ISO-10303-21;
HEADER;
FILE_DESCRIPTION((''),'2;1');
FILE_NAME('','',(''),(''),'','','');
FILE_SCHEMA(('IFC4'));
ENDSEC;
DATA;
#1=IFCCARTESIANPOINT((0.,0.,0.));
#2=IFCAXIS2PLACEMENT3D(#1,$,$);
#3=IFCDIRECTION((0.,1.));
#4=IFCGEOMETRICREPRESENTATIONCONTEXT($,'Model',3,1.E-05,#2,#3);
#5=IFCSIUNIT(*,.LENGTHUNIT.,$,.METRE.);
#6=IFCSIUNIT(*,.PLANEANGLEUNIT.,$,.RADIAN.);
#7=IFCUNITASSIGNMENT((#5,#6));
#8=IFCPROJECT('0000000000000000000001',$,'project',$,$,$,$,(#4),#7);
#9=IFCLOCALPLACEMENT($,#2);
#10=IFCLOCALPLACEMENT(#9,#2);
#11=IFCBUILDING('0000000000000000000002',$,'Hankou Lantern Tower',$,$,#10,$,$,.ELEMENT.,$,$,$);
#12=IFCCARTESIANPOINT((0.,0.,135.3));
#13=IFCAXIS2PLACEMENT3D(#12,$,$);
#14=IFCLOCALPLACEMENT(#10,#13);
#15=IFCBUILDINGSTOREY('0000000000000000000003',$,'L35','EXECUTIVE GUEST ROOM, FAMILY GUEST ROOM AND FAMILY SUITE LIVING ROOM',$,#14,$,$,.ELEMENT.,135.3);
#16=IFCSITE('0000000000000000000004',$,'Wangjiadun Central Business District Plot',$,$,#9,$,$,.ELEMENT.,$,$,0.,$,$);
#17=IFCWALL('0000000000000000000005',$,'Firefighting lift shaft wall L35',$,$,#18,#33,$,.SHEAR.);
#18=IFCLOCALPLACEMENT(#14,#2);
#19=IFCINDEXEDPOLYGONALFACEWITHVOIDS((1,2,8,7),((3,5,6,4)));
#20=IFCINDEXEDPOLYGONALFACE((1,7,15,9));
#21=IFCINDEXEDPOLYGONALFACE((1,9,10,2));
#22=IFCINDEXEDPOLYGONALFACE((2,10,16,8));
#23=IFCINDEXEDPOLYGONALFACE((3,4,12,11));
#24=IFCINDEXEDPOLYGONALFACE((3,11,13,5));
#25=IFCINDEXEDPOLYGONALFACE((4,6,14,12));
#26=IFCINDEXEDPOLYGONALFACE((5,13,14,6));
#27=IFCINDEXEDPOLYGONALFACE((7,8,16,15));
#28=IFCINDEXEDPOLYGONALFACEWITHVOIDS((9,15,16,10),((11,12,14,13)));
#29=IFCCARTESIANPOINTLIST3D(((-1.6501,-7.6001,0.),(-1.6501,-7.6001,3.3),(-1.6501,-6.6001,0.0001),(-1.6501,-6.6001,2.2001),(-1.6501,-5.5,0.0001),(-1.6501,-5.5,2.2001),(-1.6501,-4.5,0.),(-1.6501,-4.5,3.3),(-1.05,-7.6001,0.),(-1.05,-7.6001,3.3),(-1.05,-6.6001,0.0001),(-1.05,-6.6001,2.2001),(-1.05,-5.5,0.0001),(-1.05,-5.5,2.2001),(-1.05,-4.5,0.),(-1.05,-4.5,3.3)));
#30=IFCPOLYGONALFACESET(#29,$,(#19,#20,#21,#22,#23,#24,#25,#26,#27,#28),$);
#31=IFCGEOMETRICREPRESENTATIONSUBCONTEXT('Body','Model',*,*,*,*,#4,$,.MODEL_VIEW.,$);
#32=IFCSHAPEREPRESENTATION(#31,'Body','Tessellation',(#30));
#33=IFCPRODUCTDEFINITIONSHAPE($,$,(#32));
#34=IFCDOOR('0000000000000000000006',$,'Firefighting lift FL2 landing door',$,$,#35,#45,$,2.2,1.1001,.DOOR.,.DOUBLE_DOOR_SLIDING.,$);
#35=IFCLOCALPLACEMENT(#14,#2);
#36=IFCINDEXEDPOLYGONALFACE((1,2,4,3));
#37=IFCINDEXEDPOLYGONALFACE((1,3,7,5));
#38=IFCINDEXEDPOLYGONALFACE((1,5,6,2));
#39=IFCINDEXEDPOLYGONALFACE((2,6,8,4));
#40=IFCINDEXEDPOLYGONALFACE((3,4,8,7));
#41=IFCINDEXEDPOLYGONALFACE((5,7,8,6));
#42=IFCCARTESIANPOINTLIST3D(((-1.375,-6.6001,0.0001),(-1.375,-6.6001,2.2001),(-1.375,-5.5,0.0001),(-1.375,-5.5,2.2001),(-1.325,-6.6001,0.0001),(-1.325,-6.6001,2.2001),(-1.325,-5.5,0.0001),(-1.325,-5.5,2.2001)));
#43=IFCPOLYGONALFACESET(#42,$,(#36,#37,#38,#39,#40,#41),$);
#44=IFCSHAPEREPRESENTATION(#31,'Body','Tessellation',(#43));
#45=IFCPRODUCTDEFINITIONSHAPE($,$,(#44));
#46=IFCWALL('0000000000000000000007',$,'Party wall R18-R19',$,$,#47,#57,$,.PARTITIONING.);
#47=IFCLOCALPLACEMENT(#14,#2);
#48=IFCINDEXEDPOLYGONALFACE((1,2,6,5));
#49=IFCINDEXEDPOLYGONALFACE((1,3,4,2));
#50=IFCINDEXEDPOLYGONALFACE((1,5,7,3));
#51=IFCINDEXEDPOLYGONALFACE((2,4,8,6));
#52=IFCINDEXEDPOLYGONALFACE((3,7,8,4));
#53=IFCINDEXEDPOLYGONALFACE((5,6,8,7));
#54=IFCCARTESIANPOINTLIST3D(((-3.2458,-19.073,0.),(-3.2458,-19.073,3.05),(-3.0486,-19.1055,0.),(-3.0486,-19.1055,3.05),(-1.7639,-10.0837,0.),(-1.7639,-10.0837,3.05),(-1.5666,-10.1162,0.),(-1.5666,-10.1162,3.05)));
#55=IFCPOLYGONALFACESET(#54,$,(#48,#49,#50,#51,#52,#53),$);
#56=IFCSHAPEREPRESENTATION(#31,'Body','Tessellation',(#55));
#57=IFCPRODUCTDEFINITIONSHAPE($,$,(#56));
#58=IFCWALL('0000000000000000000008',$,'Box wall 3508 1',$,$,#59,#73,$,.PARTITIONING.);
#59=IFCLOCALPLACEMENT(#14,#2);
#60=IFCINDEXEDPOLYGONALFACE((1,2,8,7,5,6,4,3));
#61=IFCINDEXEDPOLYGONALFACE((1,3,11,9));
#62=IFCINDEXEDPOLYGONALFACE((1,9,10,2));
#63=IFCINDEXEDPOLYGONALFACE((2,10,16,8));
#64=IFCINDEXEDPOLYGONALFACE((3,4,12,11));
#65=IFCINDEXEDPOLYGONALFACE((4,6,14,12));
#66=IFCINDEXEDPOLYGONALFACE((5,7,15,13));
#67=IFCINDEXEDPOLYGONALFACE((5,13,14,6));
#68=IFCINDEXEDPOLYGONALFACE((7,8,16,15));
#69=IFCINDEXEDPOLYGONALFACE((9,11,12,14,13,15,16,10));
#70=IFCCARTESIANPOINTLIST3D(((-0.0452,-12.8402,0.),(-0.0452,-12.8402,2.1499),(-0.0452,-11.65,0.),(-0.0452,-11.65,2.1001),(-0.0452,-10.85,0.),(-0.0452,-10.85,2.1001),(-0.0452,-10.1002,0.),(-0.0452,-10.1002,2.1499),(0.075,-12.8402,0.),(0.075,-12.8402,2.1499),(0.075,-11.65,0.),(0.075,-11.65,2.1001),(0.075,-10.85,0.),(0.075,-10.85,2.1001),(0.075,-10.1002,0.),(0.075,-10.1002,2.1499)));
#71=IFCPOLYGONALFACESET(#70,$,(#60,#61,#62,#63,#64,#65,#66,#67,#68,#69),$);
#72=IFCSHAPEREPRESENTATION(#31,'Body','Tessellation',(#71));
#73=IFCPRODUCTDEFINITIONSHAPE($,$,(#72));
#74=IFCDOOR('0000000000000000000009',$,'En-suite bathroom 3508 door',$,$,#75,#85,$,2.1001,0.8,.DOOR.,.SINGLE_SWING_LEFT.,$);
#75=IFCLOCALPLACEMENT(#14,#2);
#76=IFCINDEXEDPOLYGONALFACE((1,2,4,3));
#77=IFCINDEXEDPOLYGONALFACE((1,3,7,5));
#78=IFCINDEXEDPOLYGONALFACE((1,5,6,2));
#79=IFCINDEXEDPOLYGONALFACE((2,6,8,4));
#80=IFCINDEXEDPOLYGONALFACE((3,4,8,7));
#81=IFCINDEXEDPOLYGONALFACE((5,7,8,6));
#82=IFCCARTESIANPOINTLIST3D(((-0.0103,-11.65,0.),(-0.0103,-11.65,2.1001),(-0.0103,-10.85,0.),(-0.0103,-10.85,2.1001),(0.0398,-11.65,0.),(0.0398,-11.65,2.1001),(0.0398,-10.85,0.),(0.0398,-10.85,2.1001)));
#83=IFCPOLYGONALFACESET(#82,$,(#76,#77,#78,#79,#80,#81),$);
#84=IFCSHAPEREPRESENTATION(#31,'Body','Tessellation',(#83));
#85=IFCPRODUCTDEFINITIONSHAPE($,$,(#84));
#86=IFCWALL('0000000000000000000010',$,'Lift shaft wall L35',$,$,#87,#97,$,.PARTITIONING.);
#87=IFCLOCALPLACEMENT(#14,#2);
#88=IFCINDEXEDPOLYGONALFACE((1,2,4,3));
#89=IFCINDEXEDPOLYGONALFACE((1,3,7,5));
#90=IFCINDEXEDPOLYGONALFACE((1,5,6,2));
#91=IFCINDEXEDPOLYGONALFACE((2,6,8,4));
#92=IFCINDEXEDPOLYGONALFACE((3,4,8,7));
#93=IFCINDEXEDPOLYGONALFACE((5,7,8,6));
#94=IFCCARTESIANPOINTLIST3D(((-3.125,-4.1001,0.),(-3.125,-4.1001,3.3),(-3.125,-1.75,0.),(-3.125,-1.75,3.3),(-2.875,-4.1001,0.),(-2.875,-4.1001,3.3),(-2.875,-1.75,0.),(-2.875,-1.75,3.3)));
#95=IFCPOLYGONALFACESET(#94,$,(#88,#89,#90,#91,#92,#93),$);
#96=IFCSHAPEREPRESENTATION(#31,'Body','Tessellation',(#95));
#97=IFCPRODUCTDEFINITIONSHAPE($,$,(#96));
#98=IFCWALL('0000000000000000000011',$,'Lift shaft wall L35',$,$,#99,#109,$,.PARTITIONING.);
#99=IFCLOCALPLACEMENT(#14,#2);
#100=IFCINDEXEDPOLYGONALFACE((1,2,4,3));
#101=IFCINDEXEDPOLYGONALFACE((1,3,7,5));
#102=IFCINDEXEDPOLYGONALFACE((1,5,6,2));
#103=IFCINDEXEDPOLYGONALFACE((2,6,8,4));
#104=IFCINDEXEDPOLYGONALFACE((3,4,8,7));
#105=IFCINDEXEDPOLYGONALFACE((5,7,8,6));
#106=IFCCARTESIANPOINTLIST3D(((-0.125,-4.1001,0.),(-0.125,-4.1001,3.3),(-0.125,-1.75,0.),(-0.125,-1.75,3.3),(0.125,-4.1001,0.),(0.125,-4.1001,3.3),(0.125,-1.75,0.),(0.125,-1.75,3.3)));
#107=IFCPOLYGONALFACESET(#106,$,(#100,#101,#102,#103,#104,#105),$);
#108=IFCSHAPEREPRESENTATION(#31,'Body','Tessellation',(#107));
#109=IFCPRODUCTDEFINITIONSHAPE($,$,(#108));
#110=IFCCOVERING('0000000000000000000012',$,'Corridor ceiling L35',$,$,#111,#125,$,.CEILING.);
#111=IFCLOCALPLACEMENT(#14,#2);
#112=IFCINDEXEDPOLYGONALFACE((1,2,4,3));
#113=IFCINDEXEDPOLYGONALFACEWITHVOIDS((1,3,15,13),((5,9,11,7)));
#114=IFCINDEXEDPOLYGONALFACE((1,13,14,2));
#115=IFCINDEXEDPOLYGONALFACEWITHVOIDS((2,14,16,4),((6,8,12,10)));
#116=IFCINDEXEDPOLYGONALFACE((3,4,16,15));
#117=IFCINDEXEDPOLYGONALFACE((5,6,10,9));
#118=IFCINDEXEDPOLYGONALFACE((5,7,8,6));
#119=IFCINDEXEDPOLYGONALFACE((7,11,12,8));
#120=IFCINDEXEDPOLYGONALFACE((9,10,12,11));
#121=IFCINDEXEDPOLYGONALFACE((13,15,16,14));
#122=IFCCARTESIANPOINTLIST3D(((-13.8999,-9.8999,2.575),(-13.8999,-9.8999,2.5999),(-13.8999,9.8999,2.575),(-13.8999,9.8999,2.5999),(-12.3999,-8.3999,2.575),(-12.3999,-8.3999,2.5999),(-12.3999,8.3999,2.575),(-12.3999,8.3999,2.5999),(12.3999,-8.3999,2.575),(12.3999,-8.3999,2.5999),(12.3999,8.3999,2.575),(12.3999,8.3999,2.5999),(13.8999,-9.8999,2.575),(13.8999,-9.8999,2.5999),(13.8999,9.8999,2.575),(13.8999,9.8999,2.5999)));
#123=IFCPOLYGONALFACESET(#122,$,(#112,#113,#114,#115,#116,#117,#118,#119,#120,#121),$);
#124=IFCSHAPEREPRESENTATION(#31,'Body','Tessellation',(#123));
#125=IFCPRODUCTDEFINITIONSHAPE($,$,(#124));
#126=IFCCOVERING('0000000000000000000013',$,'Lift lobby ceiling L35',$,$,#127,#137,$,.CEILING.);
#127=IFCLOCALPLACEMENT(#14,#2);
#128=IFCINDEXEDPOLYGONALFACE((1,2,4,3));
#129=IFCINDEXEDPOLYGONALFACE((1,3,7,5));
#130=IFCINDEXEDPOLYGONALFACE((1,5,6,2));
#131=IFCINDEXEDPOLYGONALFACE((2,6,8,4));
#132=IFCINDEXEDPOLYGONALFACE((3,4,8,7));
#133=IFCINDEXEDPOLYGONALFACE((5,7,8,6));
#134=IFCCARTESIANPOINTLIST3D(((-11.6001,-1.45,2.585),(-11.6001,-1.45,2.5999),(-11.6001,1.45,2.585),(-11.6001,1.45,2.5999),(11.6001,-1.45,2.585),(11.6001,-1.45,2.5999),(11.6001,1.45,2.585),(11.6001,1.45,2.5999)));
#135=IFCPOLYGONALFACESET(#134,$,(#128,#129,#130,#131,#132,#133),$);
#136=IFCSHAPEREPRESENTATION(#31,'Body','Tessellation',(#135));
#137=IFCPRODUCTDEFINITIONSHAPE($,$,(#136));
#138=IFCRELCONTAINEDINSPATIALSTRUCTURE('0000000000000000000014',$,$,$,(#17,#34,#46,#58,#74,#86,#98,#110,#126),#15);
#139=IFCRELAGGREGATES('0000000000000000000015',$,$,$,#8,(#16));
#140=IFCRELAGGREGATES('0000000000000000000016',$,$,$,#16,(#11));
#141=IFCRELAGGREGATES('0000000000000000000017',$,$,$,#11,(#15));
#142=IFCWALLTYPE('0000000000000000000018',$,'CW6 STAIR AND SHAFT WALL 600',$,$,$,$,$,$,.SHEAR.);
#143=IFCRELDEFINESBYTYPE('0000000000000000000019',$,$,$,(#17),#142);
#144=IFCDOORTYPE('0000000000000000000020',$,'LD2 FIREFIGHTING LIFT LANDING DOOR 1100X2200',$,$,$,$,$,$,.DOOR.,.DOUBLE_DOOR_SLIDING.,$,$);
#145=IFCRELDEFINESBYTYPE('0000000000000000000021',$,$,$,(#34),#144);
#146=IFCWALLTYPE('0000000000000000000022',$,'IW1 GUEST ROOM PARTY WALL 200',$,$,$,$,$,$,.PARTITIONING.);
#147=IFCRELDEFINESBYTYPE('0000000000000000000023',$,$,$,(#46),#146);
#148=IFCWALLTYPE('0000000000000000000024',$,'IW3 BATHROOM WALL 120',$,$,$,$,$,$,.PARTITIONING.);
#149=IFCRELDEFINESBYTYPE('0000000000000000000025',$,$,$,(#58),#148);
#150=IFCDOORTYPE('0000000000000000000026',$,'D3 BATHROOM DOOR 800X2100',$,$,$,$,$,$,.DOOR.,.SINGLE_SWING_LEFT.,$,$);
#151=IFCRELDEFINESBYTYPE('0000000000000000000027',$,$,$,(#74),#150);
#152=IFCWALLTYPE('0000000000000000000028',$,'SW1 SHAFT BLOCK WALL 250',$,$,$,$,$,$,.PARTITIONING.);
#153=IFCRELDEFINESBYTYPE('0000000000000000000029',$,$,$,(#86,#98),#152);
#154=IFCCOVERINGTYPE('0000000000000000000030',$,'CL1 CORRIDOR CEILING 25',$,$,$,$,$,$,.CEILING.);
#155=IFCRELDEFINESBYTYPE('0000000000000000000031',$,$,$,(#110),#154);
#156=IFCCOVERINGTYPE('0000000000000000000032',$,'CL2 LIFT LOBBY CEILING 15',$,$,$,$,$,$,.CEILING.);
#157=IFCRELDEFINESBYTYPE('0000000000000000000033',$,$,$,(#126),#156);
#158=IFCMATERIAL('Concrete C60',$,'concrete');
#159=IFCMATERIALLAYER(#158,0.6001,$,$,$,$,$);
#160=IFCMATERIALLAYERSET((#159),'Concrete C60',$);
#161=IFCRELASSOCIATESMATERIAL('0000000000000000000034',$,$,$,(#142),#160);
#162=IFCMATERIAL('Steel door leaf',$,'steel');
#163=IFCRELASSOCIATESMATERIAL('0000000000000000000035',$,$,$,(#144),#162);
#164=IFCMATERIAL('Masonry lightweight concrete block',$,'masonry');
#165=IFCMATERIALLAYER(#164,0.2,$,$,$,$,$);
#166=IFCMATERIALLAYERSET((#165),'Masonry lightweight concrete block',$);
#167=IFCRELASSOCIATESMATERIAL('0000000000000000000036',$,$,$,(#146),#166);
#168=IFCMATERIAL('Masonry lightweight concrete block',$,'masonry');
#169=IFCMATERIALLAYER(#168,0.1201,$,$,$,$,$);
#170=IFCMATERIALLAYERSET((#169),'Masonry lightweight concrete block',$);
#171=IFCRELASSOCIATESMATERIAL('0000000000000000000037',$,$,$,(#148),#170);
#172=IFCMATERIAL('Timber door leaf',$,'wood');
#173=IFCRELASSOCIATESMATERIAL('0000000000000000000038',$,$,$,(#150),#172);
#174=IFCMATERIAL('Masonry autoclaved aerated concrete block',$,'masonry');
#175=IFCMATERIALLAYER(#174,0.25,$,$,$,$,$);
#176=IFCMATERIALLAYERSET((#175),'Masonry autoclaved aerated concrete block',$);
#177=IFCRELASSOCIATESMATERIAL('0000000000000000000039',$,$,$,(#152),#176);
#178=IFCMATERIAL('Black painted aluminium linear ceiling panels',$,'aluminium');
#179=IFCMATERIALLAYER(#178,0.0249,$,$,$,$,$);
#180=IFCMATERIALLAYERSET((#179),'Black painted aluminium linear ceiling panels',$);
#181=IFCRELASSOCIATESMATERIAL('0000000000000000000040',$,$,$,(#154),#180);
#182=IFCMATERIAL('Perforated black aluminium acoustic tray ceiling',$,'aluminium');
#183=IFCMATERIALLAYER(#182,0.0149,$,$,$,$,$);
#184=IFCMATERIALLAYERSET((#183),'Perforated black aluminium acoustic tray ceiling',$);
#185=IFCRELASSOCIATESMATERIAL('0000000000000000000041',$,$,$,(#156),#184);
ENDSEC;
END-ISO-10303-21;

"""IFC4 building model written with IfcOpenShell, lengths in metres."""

from ifc_helpers import new_model, si_unit, direction, frame, frame_2d, origin, place, context, subcontext, project, spatial, polyline, rectangle, outline, extrude, material, layer, layer_set, type_object, element, fill, save


model = new_model("IFC4")

# Units and contexts
model_context = context("Model", 3, precision=1e-05, world=origin(), true_north=direction((0.0, 1.0)))
body_context = subcontext(model_context, "Body", "Model", "MODEL_VIEW")
ifc_project = project(units=[si_unit("LENGTHUNIT", "METRE"), si_unit("PLANEANGLEUNIT", "RADIAN")], contexts=[model_context])

# Site, building, storey
site_placement = place(None, origin())
site = spatial("IfcSite", under=ifc_project, at=site_placement, Name="Wangjiadun Central Business District Plot", CompositionType="ELEMENT", RefElevation=0.0)
building_placement = place(site_placement, origin())
building = spatial("IfcBuilding", under=site, at=building_placement, Name="Hankou Lantern Tower", CompositionType="ELEMENT")
storey_placement = place(building_placement, frame((0.0, 0.0, 135.3)))
storey = spatial("IfcBuildingStorey", under=building, at=storey_placement, Name="L35", Description="EXECUTIVE GUEST ROOM, FAMILY GUEST ROOM AND FAMILY SUITE LIVING ROOM", CompositionType="ELEMENT", Elevation=135.3)

# Wall, opening, door
ifc_material_1 = material(Name="Concrete C60", Category="concrete")
ifc_layer_1 = layer(ifc_material_1, 0.6001)
ifc_layer_set_1 = layer_set([ifc_layer_1], Name="Concrete C60")
wall_type_1 = type_object("IfcWallType", Name="CW6 STAIR AND SHAFT WALL 600", PredefinedType="SHEAR", material=ifc_layer_set_1)
wall_1_placement = place(storey_placement, frame((-1.3501, -7.6001, 0.0), z_axis=(0.0, 0.0, 1.0), x_axis=(0.0, 1.0, 0.0)))
wall_1 = element("IfcWall", 1, at=wall_1_placement, inside=storey, type_object=wall_type_1, Name="Firefighting lift shaft wall L35", PredefinedType="SHEAR", context=body_context, shape_type="SweptSolid", body=[
    extrude(rectangle(XDim=3.1001, YDim=0.6001, at=frame_2d((1.55, 0.0))), origin(), (0.0, 0.0, 1.0), 3.3),
])
opening_1_placement = place(wall_1_placement, frame((1.0, 0.0, 0.0)))
opening_1 = element("IfcOpeningElement", 2, at=opening_1_placement, cuts=wall_1, PredefinedType="OPENING", context=body_context, shape_type="SweptSolid", body=[
    extrude(rectangle(XDim=1.1001, YDim=2.2, at=frame_2d((0.55, 1.1001))), frame((0.0, 0.3101, 0.0), z_axis=(0.0, -1.0, 0.0), x_axis=(1.0, 0.0, 0.0)), (0.0, 0.0, 1.0), 0.6201),
])
ifc_material_2 = material(Name="Steel door leaf", Category="steel")
door_type_1 = type_object("IfcDoorType", Name="LD2 FIREFIGHTING LIFT LANDING DOOR 1100X2200", OperationType="DOUBLE_DOOR_SLIDING", PredefinedType="DOOR", material=ifc_material_2)
door_1_placement = place(opening_1_placement, origin())
door_1 = element("IfcDoor", 3, at=door_1_placement, inside=storey, type_object=door_type_1, Name="Firefighting lift FL2 landing door", OperationType="DOUBLE_DOOR_SLIDING", OverallHeight=2.2, OverallWidth=1.1001, PredefinedType="DOOR", context=body_context, shape_type="SweptSolid", body=[
    extrude(rectangle(XDim=1.1001, YDim=2.2, at=frame_2d((0.55, 1.1001))), frame((0.0, 0.0249, 0.0), z_axis=(0.0, -1.0, 0.0), x_axis=(1.0, 0.0, 0.0)), (0.0, 0.0, 1.0), 0.05),
])
fill(opening_1, door_1)

# Wall
ifc_material_3 = material(Name="Masonry lightweight concrete block", Category="masonry")
ifc_layer_2 = layer(ifc_material_3, 0.2)
ifc_layer_set_2 = layer_set([ifc_layer_2], Name="Masonry lightweight concrete block")
wall_type_2 = type_object("IfcWallType", Name="IW1 GUEST ROOM PARTY WALL 200", PredefinedType="PARTITIONING", material=ifc_layer_set_2)
wall_2_placement = place(storey_placement, frame((-1.6653, -10.1001, 0.0), z_axis=(0.0, 0.0, 1.0), x_axis=(-0.162661, -0.986682, 0.0)))
element("IfcWall", 4, at=wall_2_placement, inside=storey, type_object=wall_type_2, Name="Party wall R18-R19", PredefinedType="PARTITIONING", context=body_context, shape_type="SweptSolid", body=[
    extrude(rectangle(XDim=9.1106, YDim=0.2, at=frame_2d((4.5552, 0.0))), origin(), (0.0, 0.0, 1.0), 3.05),
])

# Wall, opening, door
ifc_material_4 = material(Name="Masonry lightweight concrete block", Category="masonry")
ifc_layer_3 = layer(ifc_material_4, 0.1201)
ifc_layer_set_3 = layer_set([ifc_layer_3], Name="Masonry lightweight concrete block")
wall_type_3 = type_object("IfcWallType", Name="IW3 BATHROOM WALL 120", PredefinedType="PARTITIONING", material=ifc_layer_set_3)
wall_3_placement = place(storey_placement, frame((0.0149, -10.1001, 0.0), z_axis=(0.0, 0.0, 1.0), x_axis=(0.0, -1.0, 0.0)))
wall_3 = element("IfcWall", 5, at=wall_3_placement, inside=storey, type_object=wall_type_3, Name="Box wall 3508 1", PredefinedType="PARTITIONING", context=body_context, shape_type="SweptSolid", body=[
    extrude(rectangle(XDim=2.74, YDim=0.1201, at=frame_2d((1.3701, 0.0))), origin(), (0.0, 0.0, 1.0), 2.1499),
])
opening_2_placement = place(wall_3_placement, frame((0.75, 0.0, 0.0)))
opening_2 = element("IfcOpeningElement", 6, at=opening_2_placement, cuts=wall_3, PredefinedType="OPENING", context=body_context, shape_type="SweptSolid", body=[
    extrude(rectangle(XDim=0.8, YDim=2.1001, at=frame_2d((0.3999, 1.05))), frame((0.0, 0.0701, 0.0), z_axis=(0.0, -1.0, 0.0), x_axis=(1.0, 0.0, 0.0)), (0.0, 0.0, 1.0), 0.1401),
])
ifc_material_5 = material(Name="Timber door leaf", Category="wood")
door_type_2 = type_object("IfcDoorType", Name="D3 BATHROOM DOOR 800X2100", OperationType="SINGLE_SWING_LEFT", PredefinedType="DOOR", material=ifc_material_5)
door_2_placement = place(opening_2_placement, origin())
door_2 = element("IfcDoor", 7, at=door_2_placement, inside=storey, type_object=door_type_2, Name="En-suite bathroom 3508 door", OperationType="SINGLE_SWING_LEFT", OverallHeight=2.1001, OverallWidth=0.8, PredefinedType="DOOR", context=body_context, shape_type="SweptSolid", body=[
    extrude(rectangle(XDim=0.8, YDim=2.1001, at=frame_2d((0.3999, 1.05))), frame((0.0, 0.0249, 0.0), z_axis=(0.0, -1.0, 0.0), x_axis=(1.0, 0.0, 0.0)), (0.0, 0.0, 1.0), 0.05),
])
fill(opening_2, door_2)

# Walls
ifc_material_6 = material(Name="Masonry autoclaved aerated concrete block", Category="masonry")
ifc_layer_4 = layer(ifc_material_6, 0.25)
ifc_layer_set_4 = layer_set([ifc_layer_4], Name="Masonry autoclaved aerated concrete block")
wall_type_4 = type_object("IfcWallType", Name="SW1 SHAFT BLOCK WALL 250", PredefinedType="PARTITIONING", material=ifc_layer_set_4)
for number, where, z_axis, x_axis, name in (
    (8, (-3.0, -4.1001, 0.0), (0.0, 0.0, 1.0), (0.0, 1.0, 0.0), "Lift shaft wall L35"),
    (9, (0.0, -4.1001, 0.0), (0.0, 0.0, 1.0), (0.0, 1.0, 0.0), "Lift shaft wall L35"),
):
    element("IfcWall", number, at=place(storey_placement, frame(where, z_axis=z_axis, x_axis=x_axis)), inside=storey, type_object=wall_type_4, Name=name, PredefinedType="PARTITIONING", context=body_context, shape_type="SweptSolid", body=[
        extrude(rectangle(XDim=2.3501, YDim=0.25, at=frame_2d((1.175, 0.0))), origin(), (0.0, 0.0, 1.0), 3.3),
    ])

# Coverings
ifc_material_7 = material(Name="Black painted aluminium linear ceiling panels", Category="aluminium")
ifc_layer_5 = layer(ifc_material_7, 0.0249)
ifc_layer_set_5 = layer_set([ifc_layer_5], Name="Black painted aluminium linear ceiling panels")
covering_type_1 = type_object("IfcCoveringType", Name="CL1 CORRIDOR CEILING 25", PredefinedType="CEILING", material=ifc_layer_set_5)
covering_1_placement = place(storey_placement, frame((0.0, 0.0, 2.575)))
element("IfcCovering", 10, at=covering_1_placement, inside=storey, type_object=covering_type_1, Name="Corridor ceiling L35", PredefinedType="CEILING", context=body_context, shape_type="SweptSolid", body=[
    extrude(outline(polyline([(-13.8999, -9.8999), (13.8999, -9.8999), (13.8999, 9.8999), (-13.8999, 9.8999), (-13.8999, -9.8999)]), holes=[polyline([(-12.3999, 8.3999), (12.3999, 8.3999), (12.3999, -8.3999), (-12.3999, -8.3999), (-12.3999, 8.3999)])]), origin(), (0.0, 0.0, 1.0), 0.0249),
])
ifc_material_8 = material(Name="Perforated black aluminium acoustic tray ceiling", Category="aluminium")
ifc_layer_6 = layer(ifc_material_8, 0.0149)
ifc_layer_set_6 = layer_set([ifc_layer_6], Name="Perforated black aluminium acoustic tray ceiling")
covering_type_2 = type_object("IfcCoveringType", Name="CL2 LIFT LOBBY CEILING 15", PredefinedType="CEILING", material=ifc_layer_set_6)
covering_2_placement = place(storey_placement, frame((0.0, 0.0, 2.585)))
element("IfcCovering", 11, at=covering_2_placement, inside=storey, type_object=covering_type_2, Name="Lift lobby ceiling L35", PredefinedType="CEILING", context=body_context, shape_type="SweptSolid", body=[
    extrude(outline(polyline([(-11.6001, -1.45), (11.6001, -1.45), (11.6001, 1.45), (-11.6001, 1.45), (-11.6001, -1.45)])), origin(), (0.0, 0.0, 1.0), 0.0149),
])

save(model, "model.ifc")
